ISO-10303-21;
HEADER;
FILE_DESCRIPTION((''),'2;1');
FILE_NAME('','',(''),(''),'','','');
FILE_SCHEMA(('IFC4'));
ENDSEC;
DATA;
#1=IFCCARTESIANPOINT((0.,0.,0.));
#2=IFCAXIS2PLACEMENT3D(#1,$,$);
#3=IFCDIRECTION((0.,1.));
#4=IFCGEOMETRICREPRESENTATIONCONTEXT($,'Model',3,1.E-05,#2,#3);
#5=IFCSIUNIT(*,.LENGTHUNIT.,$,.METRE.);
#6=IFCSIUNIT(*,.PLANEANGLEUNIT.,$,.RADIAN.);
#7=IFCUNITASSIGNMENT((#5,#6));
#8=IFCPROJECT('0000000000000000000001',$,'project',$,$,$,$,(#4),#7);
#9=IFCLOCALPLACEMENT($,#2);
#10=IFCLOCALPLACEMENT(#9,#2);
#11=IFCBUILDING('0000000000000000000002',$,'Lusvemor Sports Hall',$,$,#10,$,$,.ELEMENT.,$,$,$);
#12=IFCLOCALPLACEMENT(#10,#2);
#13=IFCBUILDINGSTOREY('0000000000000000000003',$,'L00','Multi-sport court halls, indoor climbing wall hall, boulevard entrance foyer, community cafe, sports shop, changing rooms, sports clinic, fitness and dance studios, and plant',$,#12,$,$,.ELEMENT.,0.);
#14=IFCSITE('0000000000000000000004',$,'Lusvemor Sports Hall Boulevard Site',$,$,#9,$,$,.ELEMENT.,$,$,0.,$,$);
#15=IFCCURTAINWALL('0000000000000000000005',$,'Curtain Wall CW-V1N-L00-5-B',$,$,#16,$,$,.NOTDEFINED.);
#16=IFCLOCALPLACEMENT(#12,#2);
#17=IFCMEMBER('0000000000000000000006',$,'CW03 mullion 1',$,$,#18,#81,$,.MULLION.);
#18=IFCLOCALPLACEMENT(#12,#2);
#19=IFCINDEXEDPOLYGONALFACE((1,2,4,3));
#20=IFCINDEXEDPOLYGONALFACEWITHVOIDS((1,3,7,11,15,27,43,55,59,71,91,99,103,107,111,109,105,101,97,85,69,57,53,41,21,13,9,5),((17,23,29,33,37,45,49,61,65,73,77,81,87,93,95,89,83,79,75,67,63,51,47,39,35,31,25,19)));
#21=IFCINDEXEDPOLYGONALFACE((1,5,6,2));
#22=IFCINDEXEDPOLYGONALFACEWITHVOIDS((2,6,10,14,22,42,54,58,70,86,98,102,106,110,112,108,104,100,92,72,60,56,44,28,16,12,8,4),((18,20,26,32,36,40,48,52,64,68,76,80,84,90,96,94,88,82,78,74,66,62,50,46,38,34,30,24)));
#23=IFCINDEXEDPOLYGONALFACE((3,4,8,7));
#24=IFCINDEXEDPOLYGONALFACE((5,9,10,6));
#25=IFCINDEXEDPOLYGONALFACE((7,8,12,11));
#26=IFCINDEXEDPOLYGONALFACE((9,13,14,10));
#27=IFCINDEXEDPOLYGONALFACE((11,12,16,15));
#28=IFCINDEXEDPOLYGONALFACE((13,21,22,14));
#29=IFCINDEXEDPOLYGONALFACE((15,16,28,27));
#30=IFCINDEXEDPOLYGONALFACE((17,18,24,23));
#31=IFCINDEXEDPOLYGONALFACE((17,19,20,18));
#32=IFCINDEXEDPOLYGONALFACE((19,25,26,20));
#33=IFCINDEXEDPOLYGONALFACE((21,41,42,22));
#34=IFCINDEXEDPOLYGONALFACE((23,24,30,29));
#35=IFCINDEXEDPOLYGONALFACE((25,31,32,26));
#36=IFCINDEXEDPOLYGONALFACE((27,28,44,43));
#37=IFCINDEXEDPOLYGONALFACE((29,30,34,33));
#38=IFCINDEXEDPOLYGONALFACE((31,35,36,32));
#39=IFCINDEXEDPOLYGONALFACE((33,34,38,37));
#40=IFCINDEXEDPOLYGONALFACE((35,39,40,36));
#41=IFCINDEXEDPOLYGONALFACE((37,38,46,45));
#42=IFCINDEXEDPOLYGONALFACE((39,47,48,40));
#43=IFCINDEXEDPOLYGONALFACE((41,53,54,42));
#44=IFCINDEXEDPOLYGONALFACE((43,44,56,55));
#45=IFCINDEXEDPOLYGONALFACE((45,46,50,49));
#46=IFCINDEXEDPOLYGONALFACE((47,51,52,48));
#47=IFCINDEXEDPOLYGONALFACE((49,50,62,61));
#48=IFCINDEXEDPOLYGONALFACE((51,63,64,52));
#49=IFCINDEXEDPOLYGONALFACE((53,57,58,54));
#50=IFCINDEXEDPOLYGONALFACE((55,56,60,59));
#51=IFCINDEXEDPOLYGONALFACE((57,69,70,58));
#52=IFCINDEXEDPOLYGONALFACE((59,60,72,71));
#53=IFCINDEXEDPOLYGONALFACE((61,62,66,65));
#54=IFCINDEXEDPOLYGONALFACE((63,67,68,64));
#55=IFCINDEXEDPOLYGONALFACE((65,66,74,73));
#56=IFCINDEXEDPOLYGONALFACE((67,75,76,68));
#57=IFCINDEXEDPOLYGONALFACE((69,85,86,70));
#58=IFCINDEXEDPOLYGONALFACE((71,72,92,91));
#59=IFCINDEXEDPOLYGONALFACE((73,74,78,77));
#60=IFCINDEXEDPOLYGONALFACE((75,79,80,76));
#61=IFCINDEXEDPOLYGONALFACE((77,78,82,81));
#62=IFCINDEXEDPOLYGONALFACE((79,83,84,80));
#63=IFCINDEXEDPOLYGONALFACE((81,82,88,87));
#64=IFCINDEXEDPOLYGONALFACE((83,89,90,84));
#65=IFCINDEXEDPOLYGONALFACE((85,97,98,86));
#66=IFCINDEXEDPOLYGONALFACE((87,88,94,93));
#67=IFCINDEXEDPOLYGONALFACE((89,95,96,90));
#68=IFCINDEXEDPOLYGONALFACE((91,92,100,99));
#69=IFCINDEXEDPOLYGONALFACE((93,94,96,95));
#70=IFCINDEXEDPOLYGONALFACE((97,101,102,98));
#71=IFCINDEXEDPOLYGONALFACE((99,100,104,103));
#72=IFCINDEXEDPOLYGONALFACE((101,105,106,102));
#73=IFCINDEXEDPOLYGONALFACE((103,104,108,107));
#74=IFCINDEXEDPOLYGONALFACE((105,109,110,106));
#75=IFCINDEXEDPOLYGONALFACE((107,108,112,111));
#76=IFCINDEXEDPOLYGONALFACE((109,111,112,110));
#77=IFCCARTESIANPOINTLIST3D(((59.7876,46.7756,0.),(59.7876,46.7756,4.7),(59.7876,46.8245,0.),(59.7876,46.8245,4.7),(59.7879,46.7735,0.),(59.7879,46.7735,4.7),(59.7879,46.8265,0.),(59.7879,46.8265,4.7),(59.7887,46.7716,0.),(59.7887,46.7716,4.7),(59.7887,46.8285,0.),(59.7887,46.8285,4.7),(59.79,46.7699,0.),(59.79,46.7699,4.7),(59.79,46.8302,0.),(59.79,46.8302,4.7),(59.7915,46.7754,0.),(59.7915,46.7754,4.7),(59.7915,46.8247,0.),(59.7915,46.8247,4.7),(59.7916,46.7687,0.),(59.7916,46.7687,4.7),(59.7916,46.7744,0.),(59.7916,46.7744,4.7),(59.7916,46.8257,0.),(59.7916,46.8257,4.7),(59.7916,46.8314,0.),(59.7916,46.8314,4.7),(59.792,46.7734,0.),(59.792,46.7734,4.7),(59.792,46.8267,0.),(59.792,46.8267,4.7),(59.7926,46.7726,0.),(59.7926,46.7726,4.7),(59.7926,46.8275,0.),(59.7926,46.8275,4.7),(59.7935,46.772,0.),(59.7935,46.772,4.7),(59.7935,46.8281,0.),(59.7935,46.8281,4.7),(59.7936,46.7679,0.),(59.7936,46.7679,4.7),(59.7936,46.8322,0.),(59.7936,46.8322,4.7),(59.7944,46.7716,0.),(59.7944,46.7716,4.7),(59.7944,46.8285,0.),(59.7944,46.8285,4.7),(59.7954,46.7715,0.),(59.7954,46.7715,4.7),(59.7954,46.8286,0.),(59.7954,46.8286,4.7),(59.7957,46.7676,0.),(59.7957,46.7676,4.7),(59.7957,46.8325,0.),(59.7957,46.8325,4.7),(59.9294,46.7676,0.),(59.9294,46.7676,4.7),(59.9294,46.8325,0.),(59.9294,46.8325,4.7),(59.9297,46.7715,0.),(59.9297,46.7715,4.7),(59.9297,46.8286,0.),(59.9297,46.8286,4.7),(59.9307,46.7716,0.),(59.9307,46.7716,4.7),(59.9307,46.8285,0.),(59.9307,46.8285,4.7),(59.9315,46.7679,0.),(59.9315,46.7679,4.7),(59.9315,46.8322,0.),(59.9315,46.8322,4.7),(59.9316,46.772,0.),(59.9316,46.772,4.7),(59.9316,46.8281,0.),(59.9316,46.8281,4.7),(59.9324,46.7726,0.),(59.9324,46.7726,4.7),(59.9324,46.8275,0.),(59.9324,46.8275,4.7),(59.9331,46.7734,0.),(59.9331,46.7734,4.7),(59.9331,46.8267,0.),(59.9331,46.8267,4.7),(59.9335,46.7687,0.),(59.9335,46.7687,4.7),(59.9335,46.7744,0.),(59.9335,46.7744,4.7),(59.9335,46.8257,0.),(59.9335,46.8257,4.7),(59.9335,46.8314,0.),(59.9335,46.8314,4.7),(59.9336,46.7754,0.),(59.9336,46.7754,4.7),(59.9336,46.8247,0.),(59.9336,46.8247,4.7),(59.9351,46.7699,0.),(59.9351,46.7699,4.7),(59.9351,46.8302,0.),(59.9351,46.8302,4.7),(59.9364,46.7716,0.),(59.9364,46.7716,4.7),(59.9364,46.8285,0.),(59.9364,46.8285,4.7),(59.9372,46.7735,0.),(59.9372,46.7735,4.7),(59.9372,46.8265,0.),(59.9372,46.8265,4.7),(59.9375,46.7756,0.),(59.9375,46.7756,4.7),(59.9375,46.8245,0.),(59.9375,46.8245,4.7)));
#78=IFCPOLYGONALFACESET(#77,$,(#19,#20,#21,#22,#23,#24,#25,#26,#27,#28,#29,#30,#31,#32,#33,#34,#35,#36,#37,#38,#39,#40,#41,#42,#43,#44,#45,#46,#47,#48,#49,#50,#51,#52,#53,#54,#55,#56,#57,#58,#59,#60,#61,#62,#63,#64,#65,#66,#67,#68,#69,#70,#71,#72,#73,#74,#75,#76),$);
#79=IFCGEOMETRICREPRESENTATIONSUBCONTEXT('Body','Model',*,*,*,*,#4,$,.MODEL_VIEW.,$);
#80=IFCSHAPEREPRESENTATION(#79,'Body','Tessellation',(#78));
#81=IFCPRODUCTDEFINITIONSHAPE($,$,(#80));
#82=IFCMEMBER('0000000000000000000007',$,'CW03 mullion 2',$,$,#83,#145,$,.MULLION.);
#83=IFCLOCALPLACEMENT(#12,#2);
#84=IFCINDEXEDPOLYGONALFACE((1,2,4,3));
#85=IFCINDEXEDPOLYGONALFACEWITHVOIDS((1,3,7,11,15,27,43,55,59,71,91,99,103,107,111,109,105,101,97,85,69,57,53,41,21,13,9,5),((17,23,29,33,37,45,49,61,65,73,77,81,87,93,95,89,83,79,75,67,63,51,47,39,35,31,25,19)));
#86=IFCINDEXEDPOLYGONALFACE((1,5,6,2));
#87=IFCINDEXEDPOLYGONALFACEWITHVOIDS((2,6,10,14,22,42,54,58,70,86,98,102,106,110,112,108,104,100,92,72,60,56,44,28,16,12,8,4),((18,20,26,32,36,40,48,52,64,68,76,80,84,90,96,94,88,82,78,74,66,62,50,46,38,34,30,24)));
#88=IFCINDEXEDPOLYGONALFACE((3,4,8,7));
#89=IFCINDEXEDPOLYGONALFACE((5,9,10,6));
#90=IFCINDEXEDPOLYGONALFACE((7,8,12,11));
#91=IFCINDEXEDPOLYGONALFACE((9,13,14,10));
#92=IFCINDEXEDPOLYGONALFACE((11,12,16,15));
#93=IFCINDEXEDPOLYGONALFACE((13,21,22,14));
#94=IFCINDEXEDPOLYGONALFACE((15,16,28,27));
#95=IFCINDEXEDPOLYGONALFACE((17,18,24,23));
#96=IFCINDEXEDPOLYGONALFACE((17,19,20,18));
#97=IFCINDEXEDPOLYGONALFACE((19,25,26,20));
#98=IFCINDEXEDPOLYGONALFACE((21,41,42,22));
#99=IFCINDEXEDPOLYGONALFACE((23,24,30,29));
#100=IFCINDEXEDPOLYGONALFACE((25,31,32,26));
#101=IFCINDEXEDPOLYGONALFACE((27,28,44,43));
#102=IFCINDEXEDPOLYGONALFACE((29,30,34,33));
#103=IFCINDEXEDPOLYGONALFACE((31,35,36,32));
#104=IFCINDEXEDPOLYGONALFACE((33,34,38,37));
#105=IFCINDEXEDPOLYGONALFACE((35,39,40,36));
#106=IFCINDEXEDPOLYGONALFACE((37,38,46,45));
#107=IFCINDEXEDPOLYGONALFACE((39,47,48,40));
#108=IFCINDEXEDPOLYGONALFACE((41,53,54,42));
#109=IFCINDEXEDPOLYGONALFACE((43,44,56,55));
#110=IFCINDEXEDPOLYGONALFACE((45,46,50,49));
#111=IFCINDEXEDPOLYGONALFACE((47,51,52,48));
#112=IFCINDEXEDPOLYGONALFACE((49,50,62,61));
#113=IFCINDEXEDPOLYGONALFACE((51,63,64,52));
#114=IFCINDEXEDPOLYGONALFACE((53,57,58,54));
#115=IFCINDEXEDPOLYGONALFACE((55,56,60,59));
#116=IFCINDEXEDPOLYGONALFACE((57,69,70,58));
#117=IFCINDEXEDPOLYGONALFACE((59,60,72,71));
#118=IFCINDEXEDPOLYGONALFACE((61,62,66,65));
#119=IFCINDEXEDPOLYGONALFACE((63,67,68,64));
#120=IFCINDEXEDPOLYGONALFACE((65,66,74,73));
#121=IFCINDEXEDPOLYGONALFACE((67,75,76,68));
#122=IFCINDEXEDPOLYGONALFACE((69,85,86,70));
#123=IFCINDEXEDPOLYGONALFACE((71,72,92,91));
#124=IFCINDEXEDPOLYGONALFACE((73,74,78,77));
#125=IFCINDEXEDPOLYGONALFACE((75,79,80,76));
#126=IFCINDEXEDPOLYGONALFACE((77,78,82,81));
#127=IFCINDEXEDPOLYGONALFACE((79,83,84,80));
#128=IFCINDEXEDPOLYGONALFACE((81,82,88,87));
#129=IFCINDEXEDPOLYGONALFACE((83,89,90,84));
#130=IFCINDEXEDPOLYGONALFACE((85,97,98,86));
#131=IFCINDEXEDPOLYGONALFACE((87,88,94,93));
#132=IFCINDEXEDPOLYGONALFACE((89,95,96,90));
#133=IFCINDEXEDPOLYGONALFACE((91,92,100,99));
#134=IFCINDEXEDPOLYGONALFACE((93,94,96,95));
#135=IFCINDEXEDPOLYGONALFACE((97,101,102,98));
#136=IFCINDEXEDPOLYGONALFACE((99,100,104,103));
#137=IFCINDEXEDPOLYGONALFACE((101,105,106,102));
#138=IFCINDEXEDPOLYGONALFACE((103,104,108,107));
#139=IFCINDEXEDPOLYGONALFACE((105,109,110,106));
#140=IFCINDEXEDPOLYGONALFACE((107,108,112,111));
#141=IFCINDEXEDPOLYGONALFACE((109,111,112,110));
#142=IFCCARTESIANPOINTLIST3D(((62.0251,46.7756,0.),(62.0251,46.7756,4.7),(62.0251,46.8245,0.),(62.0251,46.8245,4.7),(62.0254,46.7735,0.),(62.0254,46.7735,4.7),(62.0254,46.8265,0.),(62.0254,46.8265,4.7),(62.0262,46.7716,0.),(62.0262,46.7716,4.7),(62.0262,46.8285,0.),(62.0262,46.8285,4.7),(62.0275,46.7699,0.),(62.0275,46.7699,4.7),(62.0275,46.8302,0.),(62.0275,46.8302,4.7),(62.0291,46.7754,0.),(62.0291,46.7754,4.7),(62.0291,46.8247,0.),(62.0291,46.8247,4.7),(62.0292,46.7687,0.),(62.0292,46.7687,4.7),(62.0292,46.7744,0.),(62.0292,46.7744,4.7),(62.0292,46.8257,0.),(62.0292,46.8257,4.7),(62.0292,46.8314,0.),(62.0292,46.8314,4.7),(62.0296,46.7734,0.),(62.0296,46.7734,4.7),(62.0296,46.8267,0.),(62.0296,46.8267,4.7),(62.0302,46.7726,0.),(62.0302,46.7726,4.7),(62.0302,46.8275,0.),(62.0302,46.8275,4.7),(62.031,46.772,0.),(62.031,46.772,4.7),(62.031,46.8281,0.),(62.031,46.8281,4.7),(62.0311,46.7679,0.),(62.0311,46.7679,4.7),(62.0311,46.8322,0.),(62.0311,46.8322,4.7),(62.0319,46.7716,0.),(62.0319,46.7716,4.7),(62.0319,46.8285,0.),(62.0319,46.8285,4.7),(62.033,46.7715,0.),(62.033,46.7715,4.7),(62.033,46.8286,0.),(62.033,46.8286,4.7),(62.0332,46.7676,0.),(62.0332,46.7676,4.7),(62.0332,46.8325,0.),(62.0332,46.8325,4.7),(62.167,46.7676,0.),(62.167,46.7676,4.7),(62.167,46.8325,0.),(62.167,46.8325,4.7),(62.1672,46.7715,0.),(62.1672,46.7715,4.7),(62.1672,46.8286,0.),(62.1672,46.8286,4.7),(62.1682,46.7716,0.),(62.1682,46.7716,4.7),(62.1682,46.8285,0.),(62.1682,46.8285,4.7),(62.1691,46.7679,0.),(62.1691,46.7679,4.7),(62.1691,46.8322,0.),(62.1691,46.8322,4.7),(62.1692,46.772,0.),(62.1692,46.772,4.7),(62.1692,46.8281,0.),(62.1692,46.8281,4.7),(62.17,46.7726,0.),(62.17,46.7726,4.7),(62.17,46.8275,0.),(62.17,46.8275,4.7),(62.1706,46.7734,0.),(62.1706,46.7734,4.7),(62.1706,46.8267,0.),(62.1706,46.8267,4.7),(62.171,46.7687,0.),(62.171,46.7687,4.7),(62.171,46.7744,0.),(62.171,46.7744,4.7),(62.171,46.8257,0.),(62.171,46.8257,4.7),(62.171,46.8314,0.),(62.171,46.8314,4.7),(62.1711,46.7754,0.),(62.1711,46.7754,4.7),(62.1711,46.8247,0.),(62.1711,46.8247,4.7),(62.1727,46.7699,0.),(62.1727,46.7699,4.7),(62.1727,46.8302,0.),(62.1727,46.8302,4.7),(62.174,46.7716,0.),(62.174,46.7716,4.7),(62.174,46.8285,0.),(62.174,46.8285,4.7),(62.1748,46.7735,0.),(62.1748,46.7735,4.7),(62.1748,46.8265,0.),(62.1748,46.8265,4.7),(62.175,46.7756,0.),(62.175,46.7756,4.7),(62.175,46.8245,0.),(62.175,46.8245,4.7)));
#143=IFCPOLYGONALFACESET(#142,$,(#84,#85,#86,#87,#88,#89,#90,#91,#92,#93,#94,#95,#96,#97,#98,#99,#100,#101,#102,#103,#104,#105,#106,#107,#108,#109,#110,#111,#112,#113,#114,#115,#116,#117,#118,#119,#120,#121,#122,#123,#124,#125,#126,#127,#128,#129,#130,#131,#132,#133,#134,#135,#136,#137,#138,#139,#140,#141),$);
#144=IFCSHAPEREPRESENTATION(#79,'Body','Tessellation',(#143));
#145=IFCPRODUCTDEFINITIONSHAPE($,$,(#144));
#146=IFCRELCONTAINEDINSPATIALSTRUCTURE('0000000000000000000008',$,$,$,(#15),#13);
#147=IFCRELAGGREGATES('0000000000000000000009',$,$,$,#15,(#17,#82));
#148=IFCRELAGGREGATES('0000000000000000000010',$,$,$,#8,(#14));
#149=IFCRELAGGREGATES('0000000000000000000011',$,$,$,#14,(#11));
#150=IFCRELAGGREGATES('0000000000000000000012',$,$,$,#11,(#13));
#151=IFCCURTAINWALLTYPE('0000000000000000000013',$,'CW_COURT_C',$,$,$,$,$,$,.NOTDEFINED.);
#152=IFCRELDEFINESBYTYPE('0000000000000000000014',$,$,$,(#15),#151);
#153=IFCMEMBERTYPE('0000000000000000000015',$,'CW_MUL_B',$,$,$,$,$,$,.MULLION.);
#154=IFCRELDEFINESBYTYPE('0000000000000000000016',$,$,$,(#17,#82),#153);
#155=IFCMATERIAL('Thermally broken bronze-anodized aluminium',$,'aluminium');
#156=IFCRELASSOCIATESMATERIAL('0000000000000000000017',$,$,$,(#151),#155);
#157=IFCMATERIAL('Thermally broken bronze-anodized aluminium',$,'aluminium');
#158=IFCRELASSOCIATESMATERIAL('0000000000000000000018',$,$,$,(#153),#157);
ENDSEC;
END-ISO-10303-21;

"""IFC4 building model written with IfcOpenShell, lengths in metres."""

from ifc_helpers import new_model, si_unit, direction, frame, origin, origin_2d, place, context, subcontext, project, spatial, hollow_rectangle, extrude, material, material_profile, profile_set, type_object, element, aggregate, save


model = new_model("IFC4")

# Units and contexts
model_context = context("Model", 3, precision=1e-05, world=origin(), true_north=direction((0.0, 1.0)))
body_context = subcontext(model_context, "Body", "Model", "MODEL_VIEW")
ifc_project = project(units=[si_unit("LENGTHUNIT", "METRE"), si_unit("PLANEANGLEUNIT", "RADIAN")], contexts=[model_context])

# Site, building, storey
site_placement = place(None, origin())
site = spatial("IfcSite", under=ifc_project, at=site_placement, Name="Lusvemor Sports Hall Boulevard Site", CompositionType="ELEMENT", RefElevation=0.0)
building_placement = place(site_placement, origin())
building = spatial("IfcBuilding", under=site, at=building_placement, Name="Lusvemor Sports Hall", CompositionType="ELEMENT")
storey_placement = place(building_placement, origin())
storey = spatial("IfcBuildingStorey", under=building, at=storey_placement, Name="L00", Description="Multi-sport court halls, indoor climbing wall hall, boulevard entrance foyer, community cafe, sports shop, changing rooms, sports clinic, fitness and dance studios, and plant", CompositionType="ELEMENT", Elevation=0.0)

# Shared definitions
ifc_material_1 = material(Name="Thermally broken bronze-anodized aluminium", Category="aluminium")
curtain_wall_type = type_object("IfcCurtainWallType", Name="CW_COURT_C", PredefinedType="NOTDEFINED", material=ifc_material_1)
ifc_material_2 = material(Name="Thermally broken bronze-anodized aluminium", Category="aluminium")
ifc_material_profile_1 = material_profile(ifc_material_2, hollow_rectangle(XDim=0.0649, YDim=0.1499, WallThickness=0.0039, InnerFilletRadius=0.0039, OuterFilletRadius=0.0081, at=origin_2d()), Name="CWMUL150x65x4")
ifc_profile_set_1 = profile_set([ifc_material_profile_1], Name="Thermally broken bronze-anodized aluminium")
member_type_1 = type_object("IfcMemberType", Name="CW_MUL_B", PredefinedType="MULLION", material=ifc_profile_set_1)

# Curtain wall, members
curtain_wall_1_placement = place(storey_placement, origin())
curtain_wall_1 = element("IfcCurtainWall", 1, at=curtain_wall_1_placement, inside=storey, type_object=curtain_wall_type, Name="Curtain Wall CW-V1N-L00-5-B", PredefinedType="NOTDEFINED")
member_1_placement = place(storey_placement, frame((59.8625, 46.8, 0.0), z_axis=(0.0, 0.0, 1.0), x_axis=(0.0, 1.0, 0.0)))
member_1 = element("IfcMember", 2, at=member_1_placement, type_object=member_type_1, Name="CW03 mullion 1", PredefinedType="MULLION", context=body_context, shape_type="SweptSolid", body=[
    extrude(hollow_rectangle(XDim=0.0649, YDim=0.1499, WallThickness=0.0039, InnerFilletRadius=0.0039, OuterFilletRadius=0.0081, at=origin_2d()), origin(), (0.0, 0.0, 1.0), 4.7),
])
member_2_placement = place(storey_placement, frame((62.1001, 46.8, 0.0), z_axis=(0.0, 0.0, 1.0), x_axis=(0.0, 1.0, 0.0)))
member_2 = element("IfcMember", 3, at=member_2_placement, type_object=member_type_1, Name="CW03 mullion 2", PredefinedType="MULLION", context=body_context, shape_type="SweptSolid", body=[
    extrude(hollow_rectangle(XDim=0.0649, YDim=0.1499, WallThickness=0.0039, InnerFilletRadius=0.0039, OuterFilletRadius=0.0081, at=origin_2d()), origin(), (0.0, 0.0, 1.0), 4.7),
])

aggregate(curtain_wall_1, [member_1, member_2])

save(model, "model.ifc")
